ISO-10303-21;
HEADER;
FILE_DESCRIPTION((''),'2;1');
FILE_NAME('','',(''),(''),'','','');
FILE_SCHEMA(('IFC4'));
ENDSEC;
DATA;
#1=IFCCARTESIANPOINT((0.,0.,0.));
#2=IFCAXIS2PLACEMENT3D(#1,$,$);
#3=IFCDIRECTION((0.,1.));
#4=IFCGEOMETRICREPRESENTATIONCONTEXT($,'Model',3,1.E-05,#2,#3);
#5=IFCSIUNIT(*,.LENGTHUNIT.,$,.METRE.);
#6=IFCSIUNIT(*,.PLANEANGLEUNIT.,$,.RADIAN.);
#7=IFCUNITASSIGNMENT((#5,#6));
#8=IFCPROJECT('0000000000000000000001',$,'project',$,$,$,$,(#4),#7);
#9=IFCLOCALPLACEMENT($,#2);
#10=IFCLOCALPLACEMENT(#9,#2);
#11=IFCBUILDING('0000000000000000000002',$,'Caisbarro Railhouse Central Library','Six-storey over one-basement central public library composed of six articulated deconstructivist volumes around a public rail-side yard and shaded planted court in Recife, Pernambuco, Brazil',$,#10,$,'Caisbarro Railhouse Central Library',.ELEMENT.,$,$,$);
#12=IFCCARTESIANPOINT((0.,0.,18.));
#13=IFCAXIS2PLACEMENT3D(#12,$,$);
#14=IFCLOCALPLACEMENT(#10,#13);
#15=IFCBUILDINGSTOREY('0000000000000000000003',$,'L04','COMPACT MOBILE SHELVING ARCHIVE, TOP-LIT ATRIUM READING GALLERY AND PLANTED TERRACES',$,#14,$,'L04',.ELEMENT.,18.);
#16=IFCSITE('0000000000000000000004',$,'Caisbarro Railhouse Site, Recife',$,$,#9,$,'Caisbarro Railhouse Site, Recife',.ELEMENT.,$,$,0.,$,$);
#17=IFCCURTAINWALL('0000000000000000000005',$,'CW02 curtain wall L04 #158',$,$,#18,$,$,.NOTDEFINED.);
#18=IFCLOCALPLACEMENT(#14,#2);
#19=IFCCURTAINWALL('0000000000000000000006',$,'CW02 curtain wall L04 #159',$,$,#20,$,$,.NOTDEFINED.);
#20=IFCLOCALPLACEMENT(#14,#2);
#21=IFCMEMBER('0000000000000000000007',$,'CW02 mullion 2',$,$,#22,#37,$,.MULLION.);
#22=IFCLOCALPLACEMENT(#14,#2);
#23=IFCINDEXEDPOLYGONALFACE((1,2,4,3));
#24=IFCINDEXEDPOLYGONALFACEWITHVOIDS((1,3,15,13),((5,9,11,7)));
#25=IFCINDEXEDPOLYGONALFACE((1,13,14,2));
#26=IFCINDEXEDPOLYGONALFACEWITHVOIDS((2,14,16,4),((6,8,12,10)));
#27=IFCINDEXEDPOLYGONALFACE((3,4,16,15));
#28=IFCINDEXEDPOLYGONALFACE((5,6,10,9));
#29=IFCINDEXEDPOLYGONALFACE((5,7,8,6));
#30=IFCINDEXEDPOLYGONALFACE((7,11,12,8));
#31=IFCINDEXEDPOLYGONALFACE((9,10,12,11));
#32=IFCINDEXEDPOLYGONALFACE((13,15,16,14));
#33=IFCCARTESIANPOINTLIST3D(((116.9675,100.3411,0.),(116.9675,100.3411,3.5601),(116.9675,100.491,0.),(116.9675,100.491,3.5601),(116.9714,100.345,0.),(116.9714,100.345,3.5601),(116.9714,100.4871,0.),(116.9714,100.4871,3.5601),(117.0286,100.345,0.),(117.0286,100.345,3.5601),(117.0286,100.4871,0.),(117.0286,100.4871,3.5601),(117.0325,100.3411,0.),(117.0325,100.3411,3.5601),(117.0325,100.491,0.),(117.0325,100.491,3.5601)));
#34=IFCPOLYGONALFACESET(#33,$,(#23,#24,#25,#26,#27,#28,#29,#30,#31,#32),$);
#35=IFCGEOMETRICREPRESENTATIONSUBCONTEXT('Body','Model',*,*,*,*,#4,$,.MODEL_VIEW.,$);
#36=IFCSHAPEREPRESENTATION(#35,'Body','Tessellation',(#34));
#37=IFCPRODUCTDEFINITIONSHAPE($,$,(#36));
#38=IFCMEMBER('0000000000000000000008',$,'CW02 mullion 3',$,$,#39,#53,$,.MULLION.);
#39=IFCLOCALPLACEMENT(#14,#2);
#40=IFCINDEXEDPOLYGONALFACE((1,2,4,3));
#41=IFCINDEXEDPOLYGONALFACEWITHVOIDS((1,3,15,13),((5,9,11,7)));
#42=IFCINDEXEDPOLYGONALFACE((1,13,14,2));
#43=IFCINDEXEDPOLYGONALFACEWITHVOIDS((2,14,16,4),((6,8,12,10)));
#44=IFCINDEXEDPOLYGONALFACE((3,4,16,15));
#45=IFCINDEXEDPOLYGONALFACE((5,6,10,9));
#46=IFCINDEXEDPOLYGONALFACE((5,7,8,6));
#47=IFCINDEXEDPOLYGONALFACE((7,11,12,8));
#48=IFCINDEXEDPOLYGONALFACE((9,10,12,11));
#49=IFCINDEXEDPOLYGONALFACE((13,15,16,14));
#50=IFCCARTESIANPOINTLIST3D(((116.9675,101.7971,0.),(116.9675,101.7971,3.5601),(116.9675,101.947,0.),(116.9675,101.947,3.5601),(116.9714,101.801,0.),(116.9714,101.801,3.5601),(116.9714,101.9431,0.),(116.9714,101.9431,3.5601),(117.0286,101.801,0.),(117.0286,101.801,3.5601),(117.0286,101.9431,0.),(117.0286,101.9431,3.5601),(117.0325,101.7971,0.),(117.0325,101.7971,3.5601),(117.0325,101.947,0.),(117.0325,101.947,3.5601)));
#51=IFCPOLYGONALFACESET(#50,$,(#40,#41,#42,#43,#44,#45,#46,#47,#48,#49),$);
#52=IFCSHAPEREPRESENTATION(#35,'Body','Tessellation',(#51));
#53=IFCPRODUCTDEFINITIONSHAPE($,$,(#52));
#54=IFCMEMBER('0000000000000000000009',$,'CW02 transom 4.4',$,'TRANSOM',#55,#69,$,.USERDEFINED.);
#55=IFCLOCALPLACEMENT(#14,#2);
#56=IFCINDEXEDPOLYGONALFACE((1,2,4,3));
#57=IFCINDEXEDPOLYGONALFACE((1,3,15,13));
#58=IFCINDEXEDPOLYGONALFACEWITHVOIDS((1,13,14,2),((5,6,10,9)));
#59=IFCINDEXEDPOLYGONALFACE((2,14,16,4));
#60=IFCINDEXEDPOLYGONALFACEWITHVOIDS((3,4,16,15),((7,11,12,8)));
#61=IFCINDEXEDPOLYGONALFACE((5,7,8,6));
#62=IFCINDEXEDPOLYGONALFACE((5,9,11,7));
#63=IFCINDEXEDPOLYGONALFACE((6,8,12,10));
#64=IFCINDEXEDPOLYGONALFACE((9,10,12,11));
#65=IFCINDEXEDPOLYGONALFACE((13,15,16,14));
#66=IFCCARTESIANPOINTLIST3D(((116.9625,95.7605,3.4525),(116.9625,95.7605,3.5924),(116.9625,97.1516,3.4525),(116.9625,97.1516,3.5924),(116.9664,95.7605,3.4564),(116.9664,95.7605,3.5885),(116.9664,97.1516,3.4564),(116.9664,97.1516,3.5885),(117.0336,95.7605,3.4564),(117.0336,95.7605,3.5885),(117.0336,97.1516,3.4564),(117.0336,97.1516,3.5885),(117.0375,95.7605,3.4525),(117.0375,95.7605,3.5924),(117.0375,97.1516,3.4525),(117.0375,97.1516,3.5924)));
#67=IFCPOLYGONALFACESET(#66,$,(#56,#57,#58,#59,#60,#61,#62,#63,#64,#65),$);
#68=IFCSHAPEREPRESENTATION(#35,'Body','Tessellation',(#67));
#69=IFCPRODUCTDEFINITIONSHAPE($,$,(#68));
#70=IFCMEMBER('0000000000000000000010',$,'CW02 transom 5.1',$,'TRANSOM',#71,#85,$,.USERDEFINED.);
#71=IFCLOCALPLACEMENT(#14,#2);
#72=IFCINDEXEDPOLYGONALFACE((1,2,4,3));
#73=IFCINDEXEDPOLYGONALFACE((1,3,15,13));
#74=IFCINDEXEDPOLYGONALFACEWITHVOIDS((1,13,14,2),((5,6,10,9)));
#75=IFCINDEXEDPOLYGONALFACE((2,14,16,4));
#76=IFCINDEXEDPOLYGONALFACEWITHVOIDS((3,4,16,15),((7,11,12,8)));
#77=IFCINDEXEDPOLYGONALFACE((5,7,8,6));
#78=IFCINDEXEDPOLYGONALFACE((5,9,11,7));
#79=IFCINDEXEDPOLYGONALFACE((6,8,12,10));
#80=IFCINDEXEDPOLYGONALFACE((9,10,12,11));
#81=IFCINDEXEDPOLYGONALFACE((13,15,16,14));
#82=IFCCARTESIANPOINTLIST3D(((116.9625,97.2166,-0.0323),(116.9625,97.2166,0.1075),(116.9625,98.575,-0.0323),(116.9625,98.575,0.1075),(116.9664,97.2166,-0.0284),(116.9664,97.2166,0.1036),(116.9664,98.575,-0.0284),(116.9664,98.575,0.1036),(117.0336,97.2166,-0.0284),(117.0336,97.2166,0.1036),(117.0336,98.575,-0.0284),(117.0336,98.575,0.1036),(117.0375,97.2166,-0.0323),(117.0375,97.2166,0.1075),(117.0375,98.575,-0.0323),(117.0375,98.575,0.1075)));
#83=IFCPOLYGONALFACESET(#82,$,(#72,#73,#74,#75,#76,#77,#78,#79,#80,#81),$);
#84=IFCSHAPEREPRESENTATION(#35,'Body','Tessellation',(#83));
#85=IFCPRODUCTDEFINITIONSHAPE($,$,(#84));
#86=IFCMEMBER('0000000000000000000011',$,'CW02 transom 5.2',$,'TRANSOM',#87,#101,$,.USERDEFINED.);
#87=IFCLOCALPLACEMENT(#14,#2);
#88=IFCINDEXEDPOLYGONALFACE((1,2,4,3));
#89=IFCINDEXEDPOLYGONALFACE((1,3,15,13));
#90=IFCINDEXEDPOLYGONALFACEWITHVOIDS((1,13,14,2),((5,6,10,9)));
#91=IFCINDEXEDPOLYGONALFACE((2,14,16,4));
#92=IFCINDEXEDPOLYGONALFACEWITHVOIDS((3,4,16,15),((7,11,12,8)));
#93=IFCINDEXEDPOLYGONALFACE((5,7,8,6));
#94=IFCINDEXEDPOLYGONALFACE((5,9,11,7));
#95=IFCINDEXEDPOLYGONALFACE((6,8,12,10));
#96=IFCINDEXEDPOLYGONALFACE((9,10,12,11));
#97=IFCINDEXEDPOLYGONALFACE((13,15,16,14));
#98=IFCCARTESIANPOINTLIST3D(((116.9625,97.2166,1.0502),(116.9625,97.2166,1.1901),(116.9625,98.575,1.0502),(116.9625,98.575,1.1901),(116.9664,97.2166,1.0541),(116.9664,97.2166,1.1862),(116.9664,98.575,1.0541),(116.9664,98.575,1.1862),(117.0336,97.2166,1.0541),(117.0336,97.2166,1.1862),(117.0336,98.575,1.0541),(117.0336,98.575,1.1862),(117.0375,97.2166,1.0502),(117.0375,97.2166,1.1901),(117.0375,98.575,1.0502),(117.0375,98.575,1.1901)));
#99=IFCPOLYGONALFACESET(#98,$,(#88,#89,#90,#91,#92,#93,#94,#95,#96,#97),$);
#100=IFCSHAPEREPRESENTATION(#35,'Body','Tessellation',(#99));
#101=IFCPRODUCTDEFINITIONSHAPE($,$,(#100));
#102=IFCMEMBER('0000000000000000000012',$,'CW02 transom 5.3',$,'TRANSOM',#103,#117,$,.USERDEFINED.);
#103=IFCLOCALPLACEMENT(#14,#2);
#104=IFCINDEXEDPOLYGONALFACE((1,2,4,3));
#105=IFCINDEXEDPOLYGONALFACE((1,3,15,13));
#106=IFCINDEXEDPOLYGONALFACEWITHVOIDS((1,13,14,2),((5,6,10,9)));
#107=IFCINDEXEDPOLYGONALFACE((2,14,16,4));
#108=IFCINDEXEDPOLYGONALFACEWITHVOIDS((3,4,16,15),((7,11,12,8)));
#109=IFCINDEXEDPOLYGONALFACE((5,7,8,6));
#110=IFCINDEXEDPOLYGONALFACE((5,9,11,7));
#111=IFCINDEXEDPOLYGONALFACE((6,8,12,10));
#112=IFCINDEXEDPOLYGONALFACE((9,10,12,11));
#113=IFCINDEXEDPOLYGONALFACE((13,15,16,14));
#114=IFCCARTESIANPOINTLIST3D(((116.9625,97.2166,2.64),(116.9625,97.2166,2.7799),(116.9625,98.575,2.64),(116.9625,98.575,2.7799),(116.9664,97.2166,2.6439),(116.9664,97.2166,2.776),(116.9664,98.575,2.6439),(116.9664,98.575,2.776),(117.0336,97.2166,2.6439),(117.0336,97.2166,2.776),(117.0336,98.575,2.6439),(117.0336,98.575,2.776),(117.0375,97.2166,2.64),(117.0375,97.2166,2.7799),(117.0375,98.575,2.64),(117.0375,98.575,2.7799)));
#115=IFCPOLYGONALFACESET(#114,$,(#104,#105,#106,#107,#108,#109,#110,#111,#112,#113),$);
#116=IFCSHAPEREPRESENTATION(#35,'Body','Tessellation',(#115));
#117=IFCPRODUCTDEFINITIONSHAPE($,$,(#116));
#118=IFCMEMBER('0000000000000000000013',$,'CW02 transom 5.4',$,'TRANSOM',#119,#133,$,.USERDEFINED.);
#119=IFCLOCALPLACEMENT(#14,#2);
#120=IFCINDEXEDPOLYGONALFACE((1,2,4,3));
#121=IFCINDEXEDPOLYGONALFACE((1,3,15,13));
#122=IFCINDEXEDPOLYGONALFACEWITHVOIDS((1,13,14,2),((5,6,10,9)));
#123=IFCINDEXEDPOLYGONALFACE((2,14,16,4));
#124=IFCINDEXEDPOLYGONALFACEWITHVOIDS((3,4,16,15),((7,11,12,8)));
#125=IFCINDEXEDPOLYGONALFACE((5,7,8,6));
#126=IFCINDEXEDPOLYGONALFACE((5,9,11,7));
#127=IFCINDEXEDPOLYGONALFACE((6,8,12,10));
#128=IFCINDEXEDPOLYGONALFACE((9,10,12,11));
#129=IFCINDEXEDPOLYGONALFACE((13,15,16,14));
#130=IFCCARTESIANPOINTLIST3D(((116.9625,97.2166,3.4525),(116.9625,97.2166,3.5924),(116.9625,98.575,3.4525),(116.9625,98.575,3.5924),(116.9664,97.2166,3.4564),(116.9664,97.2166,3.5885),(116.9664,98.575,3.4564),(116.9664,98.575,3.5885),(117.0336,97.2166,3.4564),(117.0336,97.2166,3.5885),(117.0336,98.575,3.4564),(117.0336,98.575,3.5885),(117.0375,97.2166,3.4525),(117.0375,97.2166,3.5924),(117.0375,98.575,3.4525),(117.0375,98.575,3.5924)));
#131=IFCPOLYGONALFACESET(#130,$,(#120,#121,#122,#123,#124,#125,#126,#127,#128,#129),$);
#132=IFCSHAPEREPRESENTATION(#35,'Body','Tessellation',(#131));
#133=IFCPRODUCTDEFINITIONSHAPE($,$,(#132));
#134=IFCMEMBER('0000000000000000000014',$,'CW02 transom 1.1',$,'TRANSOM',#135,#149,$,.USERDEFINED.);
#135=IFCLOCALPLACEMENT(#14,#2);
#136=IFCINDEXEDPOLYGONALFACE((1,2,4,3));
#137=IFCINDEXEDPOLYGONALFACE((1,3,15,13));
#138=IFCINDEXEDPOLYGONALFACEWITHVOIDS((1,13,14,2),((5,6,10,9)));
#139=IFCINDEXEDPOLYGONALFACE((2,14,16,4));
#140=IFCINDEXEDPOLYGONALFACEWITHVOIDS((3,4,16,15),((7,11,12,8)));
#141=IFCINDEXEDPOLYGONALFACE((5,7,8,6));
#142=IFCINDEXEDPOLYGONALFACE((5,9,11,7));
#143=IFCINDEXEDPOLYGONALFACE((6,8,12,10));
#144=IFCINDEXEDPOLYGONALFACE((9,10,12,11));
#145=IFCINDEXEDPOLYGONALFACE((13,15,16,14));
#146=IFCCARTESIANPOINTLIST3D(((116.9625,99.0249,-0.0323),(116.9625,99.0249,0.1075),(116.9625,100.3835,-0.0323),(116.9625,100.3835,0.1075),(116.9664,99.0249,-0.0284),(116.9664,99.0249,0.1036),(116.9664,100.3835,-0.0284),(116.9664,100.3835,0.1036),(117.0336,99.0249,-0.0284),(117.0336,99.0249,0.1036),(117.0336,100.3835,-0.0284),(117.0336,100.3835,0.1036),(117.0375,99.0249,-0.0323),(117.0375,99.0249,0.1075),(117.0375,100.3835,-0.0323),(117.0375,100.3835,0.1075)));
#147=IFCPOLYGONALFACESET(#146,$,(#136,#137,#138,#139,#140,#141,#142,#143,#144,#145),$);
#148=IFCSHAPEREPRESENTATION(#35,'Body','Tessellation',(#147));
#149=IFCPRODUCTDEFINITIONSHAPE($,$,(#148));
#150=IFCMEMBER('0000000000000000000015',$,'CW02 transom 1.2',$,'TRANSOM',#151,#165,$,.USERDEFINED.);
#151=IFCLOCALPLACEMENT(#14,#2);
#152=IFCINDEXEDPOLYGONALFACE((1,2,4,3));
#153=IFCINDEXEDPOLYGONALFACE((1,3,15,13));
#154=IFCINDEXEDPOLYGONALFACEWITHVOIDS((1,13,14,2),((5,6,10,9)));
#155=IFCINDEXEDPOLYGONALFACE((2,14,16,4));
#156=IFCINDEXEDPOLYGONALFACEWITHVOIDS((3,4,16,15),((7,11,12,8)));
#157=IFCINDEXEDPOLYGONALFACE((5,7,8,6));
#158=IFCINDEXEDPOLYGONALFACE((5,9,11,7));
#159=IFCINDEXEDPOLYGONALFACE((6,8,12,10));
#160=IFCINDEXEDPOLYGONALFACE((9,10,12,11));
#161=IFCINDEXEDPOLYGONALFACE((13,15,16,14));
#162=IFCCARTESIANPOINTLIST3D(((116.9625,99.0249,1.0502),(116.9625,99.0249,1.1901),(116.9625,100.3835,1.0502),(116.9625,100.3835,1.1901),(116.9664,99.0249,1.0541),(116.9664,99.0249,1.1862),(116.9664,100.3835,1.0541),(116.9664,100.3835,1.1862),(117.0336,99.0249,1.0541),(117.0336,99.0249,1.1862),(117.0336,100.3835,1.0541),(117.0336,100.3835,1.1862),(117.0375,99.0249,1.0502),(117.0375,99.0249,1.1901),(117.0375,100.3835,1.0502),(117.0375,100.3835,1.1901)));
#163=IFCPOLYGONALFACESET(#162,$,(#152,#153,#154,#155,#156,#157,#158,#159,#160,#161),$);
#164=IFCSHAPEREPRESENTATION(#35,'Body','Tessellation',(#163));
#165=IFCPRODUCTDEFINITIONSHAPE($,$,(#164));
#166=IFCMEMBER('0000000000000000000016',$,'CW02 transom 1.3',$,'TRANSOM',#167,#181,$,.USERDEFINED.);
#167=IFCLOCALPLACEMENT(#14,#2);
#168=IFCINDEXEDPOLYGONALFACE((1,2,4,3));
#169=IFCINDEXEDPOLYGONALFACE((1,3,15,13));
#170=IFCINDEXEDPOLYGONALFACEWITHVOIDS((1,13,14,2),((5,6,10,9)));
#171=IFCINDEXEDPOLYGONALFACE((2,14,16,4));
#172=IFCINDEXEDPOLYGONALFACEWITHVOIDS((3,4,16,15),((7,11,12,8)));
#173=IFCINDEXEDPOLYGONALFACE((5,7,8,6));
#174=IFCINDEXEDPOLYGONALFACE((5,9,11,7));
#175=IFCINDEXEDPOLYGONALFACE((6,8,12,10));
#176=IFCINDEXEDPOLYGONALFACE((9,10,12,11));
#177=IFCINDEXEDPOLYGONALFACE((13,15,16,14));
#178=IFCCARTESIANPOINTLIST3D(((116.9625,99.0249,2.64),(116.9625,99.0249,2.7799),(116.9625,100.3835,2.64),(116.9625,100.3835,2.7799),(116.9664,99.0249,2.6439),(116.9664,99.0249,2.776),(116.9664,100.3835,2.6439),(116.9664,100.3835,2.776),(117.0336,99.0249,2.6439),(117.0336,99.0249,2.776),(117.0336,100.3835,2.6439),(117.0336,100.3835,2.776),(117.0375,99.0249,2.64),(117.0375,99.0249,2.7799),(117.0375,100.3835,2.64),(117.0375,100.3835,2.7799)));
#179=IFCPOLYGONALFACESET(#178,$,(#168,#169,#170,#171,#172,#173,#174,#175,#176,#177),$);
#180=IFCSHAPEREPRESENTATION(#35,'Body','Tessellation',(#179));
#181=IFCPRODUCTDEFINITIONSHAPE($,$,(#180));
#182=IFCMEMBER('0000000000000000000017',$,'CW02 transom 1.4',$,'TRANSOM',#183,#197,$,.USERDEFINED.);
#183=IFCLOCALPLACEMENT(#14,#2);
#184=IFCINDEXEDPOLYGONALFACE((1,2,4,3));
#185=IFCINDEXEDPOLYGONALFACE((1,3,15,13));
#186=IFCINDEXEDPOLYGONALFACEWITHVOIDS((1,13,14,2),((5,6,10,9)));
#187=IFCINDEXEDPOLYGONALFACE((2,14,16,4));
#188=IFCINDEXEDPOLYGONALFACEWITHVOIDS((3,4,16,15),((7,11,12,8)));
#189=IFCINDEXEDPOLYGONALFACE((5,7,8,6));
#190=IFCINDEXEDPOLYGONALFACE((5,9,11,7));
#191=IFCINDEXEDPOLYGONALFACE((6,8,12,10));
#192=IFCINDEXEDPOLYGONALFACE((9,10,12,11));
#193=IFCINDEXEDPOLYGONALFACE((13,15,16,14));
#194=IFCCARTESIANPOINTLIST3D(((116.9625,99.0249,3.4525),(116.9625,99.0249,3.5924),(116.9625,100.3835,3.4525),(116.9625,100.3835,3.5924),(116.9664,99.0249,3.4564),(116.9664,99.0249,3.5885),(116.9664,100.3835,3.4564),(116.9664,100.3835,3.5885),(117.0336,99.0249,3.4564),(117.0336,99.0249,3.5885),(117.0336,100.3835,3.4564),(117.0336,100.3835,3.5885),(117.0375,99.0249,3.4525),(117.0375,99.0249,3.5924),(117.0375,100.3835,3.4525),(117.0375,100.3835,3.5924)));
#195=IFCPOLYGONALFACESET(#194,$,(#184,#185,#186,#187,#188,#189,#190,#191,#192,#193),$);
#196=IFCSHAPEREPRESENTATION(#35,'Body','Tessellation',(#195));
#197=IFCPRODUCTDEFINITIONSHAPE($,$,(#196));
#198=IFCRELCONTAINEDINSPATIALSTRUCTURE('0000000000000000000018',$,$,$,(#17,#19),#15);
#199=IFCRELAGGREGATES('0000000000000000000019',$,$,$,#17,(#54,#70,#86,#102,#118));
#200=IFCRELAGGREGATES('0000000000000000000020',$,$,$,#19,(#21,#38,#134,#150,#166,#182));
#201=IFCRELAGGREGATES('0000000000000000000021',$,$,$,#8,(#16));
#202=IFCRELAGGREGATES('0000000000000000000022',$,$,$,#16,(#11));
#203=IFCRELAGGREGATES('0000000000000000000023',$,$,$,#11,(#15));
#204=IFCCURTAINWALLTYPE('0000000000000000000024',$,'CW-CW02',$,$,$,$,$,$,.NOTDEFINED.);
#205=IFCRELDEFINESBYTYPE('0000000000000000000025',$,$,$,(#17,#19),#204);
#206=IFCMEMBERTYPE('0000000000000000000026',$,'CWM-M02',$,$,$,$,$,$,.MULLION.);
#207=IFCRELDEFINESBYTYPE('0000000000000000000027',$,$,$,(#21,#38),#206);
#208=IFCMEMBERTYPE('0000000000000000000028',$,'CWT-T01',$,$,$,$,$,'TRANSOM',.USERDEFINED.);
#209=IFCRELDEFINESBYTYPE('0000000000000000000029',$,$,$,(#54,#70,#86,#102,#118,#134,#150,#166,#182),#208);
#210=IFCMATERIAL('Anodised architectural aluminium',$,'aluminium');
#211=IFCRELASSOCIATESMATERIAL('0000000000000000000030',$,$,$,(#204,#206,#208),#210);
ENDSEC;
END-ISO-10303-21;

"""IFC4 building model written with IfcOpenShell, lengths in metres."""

from ifc_helpers import new_model, si_unit, direction, frame, origin, origin_2d, place, context, subcontext, project, spatial, hollow_rectangle, extrude, material, material_profile, profile_set, type_object, element, aggregate, save


model = new_model("IFC4")

# Units and contexts
model_context = context("Model", 3, precision=1e-05, world=origin(), true_north=direction((0.0, 1.0)))
body_context = subcontext(model_context, "Body", "Model", "MODEL_VIEW")
ifc_project = project(units=[si_unit("LENGTHUNIT", "METRE"), si_unit("PLANEANGLEUNIT", "RADIAN")], contexts=[model_context])

# Site, building, storey
site_placement = place(None, origin())
site = spatial("IfcSite", under=ifc_project, at=site_placement, Name="Caisbarro Railhouse Site, Recife", LongName="Caisbarro Railhouse Site, Recife", CompositionType="ELEMENT", RefElevation=0.0)
building_placement = place(site_placement, origin())
building = spatial("IfcBuilding", under=site, at=building_placement, Name="Caisbarro Railhouse Central Library", Description="Six-storey over one-basement central public library composed of six articulated deconstructivist volumes around a public rail-side yard and shaded planted court in Recife, Pernambuco, Brazil", LongName="Caisbarro Railhouse Central Library", CompositionType="ELEMENT")
storey_placement = place(building_placement, frame((0.0, 0.0, 18.0)))
storey = spatial("IfcBuildingStorey", under=building, at=storey_placement, Name="L04", Description="COMPACT MOBILE SHELVING ARCHIVE, TOP-LIT ATRIUM READING GALLERY AND PLANTED TERRACES", LongName="L04", CompositionType="ELEMENT", Elevation=18.0)

# Curtain walls, members
ifc_material_1 = material(Name="Anodised architectural aluminium", Category="aluminium")
curtain_wall_type = type_object("IfcCurtainWallType", Name="CW-CW02", PredefinedType="NOTDEFINED", material=ifc_material_1)
curtain_wall_1_placement = place(storey_placement, origin())
curtain_wall_1 = element("IfcCurtainWall", 1, at=curtain_wall_1_placement, inside=storey, type_object=curtain_wall_type, Name="CW02 curtain wall L04 #158", PredefinedType="NOTDEFINED")
ifc_material_profile_1 = material_profile(ifc_material_1, hollow_rectangle(XDim=0.0649, YDim=0.1499, WallThickness=0.0039, at=origin_2d()), Name="ALU-MUL-65X150")
ifc_profile_set_1 = profile_set([ifc_material_profile_1], Name="Anodised architectural aluminium")
member_type_1 = type_object("IfcMemberType", Name="CWM-M02", PredefinedType="MULLION", material=ifc_profile_set_1)
curtain_wall_2_placement = place(storey_placement, origin())
curtain_wall_2 = element("IfcCurtainWall", 2, at=curtain_wall_2_placement, inside=storey, type_object=curtain_wall_type, Name="CW02 curtain wall L04 #159", PredefinedType="NOTDEFINED")
member_1_placement = place(storey_placement, frame((117.0, 100.416, 0.0), z_axis=(0.0, 0.0, 1.0), x_axis=(-1.0, 0.0, 0.0)))
member_1 = element("IfcMember", 3, at=member_1_placement, type_object=member_type_1, Name="CW02 mullion 2", PredefinedType="MULLION", context=body_context, shape_type="SweptSolid", body=[
    extrude(hollow_rectangle(XDim=0.0649, YDim=0.1499, WallThickness=0.0039, at=origin_2d()), origin(), (0.0, 0.0, 1.0), 3.5601),
])
member_2_placement = place(storey_placement, frame((117.0, 101.8721, 0.0), z_axis=(0.0, 0.0, 1.0), x_axis=(-1.0, 0.0, 0.0)))
member_2 = element("IfcMember", 4, at=member_2_placement, type_object=member_type_1, Name="CW02 mullion 3", PredefinedType="MULLION", context=body_context, shape_type="SweptSolid", body=[
    extrude(hollow_rectangle(XDim=0.0649, YDim=0.1499, WallThickness=0.0039, at=origin_2d()), origin(), (0.0, 0.0, 1.0), 3.5601),
])

# Members
ifc_material_profile_2 = material_profile(ifc_material_1, hollow_rectangle(XDim=0.075, YDim=0.1399, WallThickness=0.0039, at=origin_2d()), Name="ALU-TRN-75X140")
ifc_profile_set_2 = profile_set([ifc_material_profile_2], Name="Anodised architectural aluminium")
member_type_2 = type_object("IfcMemberType", Name="CWT-T01", ElementType="TRANSOM", PredefinedType="USERDEFINED", material=ifc_profile_set_2)
member_3_placement = place(storey_placement, frame((117.0, 95.7605, 3.5225), z_axis=(0.0, 1.0, 0.0), x_axis=(-1.0, 0.0, 0.0)))
member_3 = element("IfcMember", 5, at=member_3_placement, type_object=member_type_2, Name="CW02 transom 4.4", ObjectType="TRANSOM", PredefinedType="USERDEFINED", context=body_context, shape_type="SweptSolid", body=[
    extrude(hollow_rectangle(XDim=0.075, YDim=0.1399, WallThickness=0.0039, at=origin_2d()), origin(), (0.0, 0.0, 1.0), 1.3911),
])
member_4_placement = place(storey_placement, frame((117.0, 97.2166, 0.0376), z_axis=(0.0, 1.0, 0.0), x_axis=(-1.0, 0.0, 0.0)))
member_4 = element("IfcMember", 6, at=member_4_placement, type_object=member_type_2, Name="CW02 transom 5.1", ObjectType="TRANSOM", PredefinedType="USERDEFINED", context=body_context, shape_type="SweptSolid", body=[
    extrude(hollow_rectangle(XDim=0.075, YDim=0.1399, WallThickness=0.0039, at=origin_2d()), origin(), (0.0, 0.0, 1.0), 1.3584),
])
member_5_placement = place(storey_placement, frame((117.0, 97.2166, 1.1201), z_axis=(0.0, 1.0, 0.0), x_axis=(-1.0, 0.0, 0.0)))
member_5 = element("IfcMember", 7, at=member_5_placement, type_object=member_type_2, Name="CW02 transom 5.2", ObjectType="TRANSOM", PredefinedType="USERDEFINED", context=body_context, shape_type="SweptSolid", body=[
    extrude(hollow_rectangle(XDim=0.075, YDim=0.1399, WallThickness=0.0039, at=origin_2d()), origin(), (0.0, 0.0, 1.0), 1.3584),
])
member_6_placement = place(storey_placement, frame((117.0, 97.2166, 2.71), z_axis=(0.0, 1.0, 0.0), x_axis=(-1.0, 0.0, 0.0)))
member_6 = element("IfcMember", 8, at=member_6_placement, type_object=member_type_2, Name="CW02 transom 5.3", ObjectType="TRANSOM", PredefinedType="USERDEFINED", context=body_context, shape_type="SweptSolid", body=[
    extrude(hollow_rectangle(XDim=0.075, YDim=0.1399, WallThickness=0.0039, at=origin_2d()), origin(), (0.0, 0.0, 1.0), 1.3584),
])
member_7_placement = place(storey_placement, frame((117.0, 97.2166, 3.5225), z_axis=(0.0, 1.0, 0.0), x_axis=(-1.0, 0.0, 0.0)))
member_7 = element("IfcMember", 9, at=member_7_placement, type_object=member_type_2, Name="CW02 transom 5.4", ObjectType="TRANSOM", PredefinedType="USERDEFINED", context=body_context, shape_type="SweptSolid", body=[
    extrude(hollow_rectangle(XDim=0.075, YDim=0.1399, WallThickness=0.0039, at=origin_2d()), origin(), (0.0, 0.0, 1.0), 1.3584),
])
member_8_placement = place(storey_placement, frame((117.0, 99.0249, 0.0376), z_axis=(0.0, 1.0, 0.0), x_axis=(-1.0, 0.0, 0.0)))
member_8 = element("IfcMember", 10, at=member_8_placement, type_object=member_type_2, Name="CW02 transom 1.1", ObjectType="TRANSOM", PredefinedType="USERDEFINED", context=body_context, shape_type="SweptSolid", body=[
    extrude(hollow_rectangle(XDim=0.075, YDim=0.1399, WallThickness=0.0039, at=origin_2d()), origin(), (0.0, 0.0, 1.0), 1.3586),
])
member_9_placement = place(storey_placement, frame((117.0, 99.0249, 1.1201), z_axis=(0.0, 1.0, 0.0), x_axis=(-1.0, 0.0, 0.0)))
member_9 = element("IfcMember", 11, at=member_9_placement, type_object=member_type_2, Name="CW02 transom 1.2", ObjectType="TRANSOM", PredefinedType="USERDEFINED", context=body_context, shape_type="SweptSolid", body=[
    extrude(hollow_rectangle(XDim=0.075, YDim=0.1399, WallThickness=0.0039, at=origin_2d()), origin(), (0.0, 0.0, 1.0), 1.3586),
])
member_10_placement = place(storey_placement, frame((117.0, 99.0249, 2.71), z_axis=(0.0, 1.0, 0.0), x_axis=(-1.0, 0.0, 0.0)))
member_10 = element("IfcMember", 12, at=member_10_placement, type_object=member_type_2, Name="CW02 transom 1.3", ObjectType="TRANSOM", PredefinedType="USERDEFINED", context=body_context, shape_type="SweptSolid", body=[
    extrude(hollow_rectangle(XDim=0.075, YDim=0.1399, WallThickness=0.0039, at=origin_2d()), origin(), (0.0, 0.0, 1.0), 1.3586),
])
member_11_placement = place(storey_placement, frame((117.0, 99.0249, 3.5225), z_axis=(0.0, 1.0, 0.0), x_axis=(-1.0, 0.0, 0.0)))
member_11 = element("IfcMember", 13, at=member_11_placement, type_object=member_type_2, Name="CW02 transom 1.4", ObjectType="TRANSOM", PredefinedType="USERDEFINED", context=body_context, shape_type="SweptSolid", body=[
    extrude(hollow_rectangle(XDim=0.075, YDim=0.1399, WallThickness=0.0039, at=origin_2d()), origin(), (0.0, 0.0, 1.0), 1.3586),
])

aggregate(curtain_wall_1, [member_3, member_4, member_5, member_6, member_7])
aggregate(curtain_wall_2, [member_1, member_2, member_8, member_9, member_10, member_11])

save(model, "model.ifc")
